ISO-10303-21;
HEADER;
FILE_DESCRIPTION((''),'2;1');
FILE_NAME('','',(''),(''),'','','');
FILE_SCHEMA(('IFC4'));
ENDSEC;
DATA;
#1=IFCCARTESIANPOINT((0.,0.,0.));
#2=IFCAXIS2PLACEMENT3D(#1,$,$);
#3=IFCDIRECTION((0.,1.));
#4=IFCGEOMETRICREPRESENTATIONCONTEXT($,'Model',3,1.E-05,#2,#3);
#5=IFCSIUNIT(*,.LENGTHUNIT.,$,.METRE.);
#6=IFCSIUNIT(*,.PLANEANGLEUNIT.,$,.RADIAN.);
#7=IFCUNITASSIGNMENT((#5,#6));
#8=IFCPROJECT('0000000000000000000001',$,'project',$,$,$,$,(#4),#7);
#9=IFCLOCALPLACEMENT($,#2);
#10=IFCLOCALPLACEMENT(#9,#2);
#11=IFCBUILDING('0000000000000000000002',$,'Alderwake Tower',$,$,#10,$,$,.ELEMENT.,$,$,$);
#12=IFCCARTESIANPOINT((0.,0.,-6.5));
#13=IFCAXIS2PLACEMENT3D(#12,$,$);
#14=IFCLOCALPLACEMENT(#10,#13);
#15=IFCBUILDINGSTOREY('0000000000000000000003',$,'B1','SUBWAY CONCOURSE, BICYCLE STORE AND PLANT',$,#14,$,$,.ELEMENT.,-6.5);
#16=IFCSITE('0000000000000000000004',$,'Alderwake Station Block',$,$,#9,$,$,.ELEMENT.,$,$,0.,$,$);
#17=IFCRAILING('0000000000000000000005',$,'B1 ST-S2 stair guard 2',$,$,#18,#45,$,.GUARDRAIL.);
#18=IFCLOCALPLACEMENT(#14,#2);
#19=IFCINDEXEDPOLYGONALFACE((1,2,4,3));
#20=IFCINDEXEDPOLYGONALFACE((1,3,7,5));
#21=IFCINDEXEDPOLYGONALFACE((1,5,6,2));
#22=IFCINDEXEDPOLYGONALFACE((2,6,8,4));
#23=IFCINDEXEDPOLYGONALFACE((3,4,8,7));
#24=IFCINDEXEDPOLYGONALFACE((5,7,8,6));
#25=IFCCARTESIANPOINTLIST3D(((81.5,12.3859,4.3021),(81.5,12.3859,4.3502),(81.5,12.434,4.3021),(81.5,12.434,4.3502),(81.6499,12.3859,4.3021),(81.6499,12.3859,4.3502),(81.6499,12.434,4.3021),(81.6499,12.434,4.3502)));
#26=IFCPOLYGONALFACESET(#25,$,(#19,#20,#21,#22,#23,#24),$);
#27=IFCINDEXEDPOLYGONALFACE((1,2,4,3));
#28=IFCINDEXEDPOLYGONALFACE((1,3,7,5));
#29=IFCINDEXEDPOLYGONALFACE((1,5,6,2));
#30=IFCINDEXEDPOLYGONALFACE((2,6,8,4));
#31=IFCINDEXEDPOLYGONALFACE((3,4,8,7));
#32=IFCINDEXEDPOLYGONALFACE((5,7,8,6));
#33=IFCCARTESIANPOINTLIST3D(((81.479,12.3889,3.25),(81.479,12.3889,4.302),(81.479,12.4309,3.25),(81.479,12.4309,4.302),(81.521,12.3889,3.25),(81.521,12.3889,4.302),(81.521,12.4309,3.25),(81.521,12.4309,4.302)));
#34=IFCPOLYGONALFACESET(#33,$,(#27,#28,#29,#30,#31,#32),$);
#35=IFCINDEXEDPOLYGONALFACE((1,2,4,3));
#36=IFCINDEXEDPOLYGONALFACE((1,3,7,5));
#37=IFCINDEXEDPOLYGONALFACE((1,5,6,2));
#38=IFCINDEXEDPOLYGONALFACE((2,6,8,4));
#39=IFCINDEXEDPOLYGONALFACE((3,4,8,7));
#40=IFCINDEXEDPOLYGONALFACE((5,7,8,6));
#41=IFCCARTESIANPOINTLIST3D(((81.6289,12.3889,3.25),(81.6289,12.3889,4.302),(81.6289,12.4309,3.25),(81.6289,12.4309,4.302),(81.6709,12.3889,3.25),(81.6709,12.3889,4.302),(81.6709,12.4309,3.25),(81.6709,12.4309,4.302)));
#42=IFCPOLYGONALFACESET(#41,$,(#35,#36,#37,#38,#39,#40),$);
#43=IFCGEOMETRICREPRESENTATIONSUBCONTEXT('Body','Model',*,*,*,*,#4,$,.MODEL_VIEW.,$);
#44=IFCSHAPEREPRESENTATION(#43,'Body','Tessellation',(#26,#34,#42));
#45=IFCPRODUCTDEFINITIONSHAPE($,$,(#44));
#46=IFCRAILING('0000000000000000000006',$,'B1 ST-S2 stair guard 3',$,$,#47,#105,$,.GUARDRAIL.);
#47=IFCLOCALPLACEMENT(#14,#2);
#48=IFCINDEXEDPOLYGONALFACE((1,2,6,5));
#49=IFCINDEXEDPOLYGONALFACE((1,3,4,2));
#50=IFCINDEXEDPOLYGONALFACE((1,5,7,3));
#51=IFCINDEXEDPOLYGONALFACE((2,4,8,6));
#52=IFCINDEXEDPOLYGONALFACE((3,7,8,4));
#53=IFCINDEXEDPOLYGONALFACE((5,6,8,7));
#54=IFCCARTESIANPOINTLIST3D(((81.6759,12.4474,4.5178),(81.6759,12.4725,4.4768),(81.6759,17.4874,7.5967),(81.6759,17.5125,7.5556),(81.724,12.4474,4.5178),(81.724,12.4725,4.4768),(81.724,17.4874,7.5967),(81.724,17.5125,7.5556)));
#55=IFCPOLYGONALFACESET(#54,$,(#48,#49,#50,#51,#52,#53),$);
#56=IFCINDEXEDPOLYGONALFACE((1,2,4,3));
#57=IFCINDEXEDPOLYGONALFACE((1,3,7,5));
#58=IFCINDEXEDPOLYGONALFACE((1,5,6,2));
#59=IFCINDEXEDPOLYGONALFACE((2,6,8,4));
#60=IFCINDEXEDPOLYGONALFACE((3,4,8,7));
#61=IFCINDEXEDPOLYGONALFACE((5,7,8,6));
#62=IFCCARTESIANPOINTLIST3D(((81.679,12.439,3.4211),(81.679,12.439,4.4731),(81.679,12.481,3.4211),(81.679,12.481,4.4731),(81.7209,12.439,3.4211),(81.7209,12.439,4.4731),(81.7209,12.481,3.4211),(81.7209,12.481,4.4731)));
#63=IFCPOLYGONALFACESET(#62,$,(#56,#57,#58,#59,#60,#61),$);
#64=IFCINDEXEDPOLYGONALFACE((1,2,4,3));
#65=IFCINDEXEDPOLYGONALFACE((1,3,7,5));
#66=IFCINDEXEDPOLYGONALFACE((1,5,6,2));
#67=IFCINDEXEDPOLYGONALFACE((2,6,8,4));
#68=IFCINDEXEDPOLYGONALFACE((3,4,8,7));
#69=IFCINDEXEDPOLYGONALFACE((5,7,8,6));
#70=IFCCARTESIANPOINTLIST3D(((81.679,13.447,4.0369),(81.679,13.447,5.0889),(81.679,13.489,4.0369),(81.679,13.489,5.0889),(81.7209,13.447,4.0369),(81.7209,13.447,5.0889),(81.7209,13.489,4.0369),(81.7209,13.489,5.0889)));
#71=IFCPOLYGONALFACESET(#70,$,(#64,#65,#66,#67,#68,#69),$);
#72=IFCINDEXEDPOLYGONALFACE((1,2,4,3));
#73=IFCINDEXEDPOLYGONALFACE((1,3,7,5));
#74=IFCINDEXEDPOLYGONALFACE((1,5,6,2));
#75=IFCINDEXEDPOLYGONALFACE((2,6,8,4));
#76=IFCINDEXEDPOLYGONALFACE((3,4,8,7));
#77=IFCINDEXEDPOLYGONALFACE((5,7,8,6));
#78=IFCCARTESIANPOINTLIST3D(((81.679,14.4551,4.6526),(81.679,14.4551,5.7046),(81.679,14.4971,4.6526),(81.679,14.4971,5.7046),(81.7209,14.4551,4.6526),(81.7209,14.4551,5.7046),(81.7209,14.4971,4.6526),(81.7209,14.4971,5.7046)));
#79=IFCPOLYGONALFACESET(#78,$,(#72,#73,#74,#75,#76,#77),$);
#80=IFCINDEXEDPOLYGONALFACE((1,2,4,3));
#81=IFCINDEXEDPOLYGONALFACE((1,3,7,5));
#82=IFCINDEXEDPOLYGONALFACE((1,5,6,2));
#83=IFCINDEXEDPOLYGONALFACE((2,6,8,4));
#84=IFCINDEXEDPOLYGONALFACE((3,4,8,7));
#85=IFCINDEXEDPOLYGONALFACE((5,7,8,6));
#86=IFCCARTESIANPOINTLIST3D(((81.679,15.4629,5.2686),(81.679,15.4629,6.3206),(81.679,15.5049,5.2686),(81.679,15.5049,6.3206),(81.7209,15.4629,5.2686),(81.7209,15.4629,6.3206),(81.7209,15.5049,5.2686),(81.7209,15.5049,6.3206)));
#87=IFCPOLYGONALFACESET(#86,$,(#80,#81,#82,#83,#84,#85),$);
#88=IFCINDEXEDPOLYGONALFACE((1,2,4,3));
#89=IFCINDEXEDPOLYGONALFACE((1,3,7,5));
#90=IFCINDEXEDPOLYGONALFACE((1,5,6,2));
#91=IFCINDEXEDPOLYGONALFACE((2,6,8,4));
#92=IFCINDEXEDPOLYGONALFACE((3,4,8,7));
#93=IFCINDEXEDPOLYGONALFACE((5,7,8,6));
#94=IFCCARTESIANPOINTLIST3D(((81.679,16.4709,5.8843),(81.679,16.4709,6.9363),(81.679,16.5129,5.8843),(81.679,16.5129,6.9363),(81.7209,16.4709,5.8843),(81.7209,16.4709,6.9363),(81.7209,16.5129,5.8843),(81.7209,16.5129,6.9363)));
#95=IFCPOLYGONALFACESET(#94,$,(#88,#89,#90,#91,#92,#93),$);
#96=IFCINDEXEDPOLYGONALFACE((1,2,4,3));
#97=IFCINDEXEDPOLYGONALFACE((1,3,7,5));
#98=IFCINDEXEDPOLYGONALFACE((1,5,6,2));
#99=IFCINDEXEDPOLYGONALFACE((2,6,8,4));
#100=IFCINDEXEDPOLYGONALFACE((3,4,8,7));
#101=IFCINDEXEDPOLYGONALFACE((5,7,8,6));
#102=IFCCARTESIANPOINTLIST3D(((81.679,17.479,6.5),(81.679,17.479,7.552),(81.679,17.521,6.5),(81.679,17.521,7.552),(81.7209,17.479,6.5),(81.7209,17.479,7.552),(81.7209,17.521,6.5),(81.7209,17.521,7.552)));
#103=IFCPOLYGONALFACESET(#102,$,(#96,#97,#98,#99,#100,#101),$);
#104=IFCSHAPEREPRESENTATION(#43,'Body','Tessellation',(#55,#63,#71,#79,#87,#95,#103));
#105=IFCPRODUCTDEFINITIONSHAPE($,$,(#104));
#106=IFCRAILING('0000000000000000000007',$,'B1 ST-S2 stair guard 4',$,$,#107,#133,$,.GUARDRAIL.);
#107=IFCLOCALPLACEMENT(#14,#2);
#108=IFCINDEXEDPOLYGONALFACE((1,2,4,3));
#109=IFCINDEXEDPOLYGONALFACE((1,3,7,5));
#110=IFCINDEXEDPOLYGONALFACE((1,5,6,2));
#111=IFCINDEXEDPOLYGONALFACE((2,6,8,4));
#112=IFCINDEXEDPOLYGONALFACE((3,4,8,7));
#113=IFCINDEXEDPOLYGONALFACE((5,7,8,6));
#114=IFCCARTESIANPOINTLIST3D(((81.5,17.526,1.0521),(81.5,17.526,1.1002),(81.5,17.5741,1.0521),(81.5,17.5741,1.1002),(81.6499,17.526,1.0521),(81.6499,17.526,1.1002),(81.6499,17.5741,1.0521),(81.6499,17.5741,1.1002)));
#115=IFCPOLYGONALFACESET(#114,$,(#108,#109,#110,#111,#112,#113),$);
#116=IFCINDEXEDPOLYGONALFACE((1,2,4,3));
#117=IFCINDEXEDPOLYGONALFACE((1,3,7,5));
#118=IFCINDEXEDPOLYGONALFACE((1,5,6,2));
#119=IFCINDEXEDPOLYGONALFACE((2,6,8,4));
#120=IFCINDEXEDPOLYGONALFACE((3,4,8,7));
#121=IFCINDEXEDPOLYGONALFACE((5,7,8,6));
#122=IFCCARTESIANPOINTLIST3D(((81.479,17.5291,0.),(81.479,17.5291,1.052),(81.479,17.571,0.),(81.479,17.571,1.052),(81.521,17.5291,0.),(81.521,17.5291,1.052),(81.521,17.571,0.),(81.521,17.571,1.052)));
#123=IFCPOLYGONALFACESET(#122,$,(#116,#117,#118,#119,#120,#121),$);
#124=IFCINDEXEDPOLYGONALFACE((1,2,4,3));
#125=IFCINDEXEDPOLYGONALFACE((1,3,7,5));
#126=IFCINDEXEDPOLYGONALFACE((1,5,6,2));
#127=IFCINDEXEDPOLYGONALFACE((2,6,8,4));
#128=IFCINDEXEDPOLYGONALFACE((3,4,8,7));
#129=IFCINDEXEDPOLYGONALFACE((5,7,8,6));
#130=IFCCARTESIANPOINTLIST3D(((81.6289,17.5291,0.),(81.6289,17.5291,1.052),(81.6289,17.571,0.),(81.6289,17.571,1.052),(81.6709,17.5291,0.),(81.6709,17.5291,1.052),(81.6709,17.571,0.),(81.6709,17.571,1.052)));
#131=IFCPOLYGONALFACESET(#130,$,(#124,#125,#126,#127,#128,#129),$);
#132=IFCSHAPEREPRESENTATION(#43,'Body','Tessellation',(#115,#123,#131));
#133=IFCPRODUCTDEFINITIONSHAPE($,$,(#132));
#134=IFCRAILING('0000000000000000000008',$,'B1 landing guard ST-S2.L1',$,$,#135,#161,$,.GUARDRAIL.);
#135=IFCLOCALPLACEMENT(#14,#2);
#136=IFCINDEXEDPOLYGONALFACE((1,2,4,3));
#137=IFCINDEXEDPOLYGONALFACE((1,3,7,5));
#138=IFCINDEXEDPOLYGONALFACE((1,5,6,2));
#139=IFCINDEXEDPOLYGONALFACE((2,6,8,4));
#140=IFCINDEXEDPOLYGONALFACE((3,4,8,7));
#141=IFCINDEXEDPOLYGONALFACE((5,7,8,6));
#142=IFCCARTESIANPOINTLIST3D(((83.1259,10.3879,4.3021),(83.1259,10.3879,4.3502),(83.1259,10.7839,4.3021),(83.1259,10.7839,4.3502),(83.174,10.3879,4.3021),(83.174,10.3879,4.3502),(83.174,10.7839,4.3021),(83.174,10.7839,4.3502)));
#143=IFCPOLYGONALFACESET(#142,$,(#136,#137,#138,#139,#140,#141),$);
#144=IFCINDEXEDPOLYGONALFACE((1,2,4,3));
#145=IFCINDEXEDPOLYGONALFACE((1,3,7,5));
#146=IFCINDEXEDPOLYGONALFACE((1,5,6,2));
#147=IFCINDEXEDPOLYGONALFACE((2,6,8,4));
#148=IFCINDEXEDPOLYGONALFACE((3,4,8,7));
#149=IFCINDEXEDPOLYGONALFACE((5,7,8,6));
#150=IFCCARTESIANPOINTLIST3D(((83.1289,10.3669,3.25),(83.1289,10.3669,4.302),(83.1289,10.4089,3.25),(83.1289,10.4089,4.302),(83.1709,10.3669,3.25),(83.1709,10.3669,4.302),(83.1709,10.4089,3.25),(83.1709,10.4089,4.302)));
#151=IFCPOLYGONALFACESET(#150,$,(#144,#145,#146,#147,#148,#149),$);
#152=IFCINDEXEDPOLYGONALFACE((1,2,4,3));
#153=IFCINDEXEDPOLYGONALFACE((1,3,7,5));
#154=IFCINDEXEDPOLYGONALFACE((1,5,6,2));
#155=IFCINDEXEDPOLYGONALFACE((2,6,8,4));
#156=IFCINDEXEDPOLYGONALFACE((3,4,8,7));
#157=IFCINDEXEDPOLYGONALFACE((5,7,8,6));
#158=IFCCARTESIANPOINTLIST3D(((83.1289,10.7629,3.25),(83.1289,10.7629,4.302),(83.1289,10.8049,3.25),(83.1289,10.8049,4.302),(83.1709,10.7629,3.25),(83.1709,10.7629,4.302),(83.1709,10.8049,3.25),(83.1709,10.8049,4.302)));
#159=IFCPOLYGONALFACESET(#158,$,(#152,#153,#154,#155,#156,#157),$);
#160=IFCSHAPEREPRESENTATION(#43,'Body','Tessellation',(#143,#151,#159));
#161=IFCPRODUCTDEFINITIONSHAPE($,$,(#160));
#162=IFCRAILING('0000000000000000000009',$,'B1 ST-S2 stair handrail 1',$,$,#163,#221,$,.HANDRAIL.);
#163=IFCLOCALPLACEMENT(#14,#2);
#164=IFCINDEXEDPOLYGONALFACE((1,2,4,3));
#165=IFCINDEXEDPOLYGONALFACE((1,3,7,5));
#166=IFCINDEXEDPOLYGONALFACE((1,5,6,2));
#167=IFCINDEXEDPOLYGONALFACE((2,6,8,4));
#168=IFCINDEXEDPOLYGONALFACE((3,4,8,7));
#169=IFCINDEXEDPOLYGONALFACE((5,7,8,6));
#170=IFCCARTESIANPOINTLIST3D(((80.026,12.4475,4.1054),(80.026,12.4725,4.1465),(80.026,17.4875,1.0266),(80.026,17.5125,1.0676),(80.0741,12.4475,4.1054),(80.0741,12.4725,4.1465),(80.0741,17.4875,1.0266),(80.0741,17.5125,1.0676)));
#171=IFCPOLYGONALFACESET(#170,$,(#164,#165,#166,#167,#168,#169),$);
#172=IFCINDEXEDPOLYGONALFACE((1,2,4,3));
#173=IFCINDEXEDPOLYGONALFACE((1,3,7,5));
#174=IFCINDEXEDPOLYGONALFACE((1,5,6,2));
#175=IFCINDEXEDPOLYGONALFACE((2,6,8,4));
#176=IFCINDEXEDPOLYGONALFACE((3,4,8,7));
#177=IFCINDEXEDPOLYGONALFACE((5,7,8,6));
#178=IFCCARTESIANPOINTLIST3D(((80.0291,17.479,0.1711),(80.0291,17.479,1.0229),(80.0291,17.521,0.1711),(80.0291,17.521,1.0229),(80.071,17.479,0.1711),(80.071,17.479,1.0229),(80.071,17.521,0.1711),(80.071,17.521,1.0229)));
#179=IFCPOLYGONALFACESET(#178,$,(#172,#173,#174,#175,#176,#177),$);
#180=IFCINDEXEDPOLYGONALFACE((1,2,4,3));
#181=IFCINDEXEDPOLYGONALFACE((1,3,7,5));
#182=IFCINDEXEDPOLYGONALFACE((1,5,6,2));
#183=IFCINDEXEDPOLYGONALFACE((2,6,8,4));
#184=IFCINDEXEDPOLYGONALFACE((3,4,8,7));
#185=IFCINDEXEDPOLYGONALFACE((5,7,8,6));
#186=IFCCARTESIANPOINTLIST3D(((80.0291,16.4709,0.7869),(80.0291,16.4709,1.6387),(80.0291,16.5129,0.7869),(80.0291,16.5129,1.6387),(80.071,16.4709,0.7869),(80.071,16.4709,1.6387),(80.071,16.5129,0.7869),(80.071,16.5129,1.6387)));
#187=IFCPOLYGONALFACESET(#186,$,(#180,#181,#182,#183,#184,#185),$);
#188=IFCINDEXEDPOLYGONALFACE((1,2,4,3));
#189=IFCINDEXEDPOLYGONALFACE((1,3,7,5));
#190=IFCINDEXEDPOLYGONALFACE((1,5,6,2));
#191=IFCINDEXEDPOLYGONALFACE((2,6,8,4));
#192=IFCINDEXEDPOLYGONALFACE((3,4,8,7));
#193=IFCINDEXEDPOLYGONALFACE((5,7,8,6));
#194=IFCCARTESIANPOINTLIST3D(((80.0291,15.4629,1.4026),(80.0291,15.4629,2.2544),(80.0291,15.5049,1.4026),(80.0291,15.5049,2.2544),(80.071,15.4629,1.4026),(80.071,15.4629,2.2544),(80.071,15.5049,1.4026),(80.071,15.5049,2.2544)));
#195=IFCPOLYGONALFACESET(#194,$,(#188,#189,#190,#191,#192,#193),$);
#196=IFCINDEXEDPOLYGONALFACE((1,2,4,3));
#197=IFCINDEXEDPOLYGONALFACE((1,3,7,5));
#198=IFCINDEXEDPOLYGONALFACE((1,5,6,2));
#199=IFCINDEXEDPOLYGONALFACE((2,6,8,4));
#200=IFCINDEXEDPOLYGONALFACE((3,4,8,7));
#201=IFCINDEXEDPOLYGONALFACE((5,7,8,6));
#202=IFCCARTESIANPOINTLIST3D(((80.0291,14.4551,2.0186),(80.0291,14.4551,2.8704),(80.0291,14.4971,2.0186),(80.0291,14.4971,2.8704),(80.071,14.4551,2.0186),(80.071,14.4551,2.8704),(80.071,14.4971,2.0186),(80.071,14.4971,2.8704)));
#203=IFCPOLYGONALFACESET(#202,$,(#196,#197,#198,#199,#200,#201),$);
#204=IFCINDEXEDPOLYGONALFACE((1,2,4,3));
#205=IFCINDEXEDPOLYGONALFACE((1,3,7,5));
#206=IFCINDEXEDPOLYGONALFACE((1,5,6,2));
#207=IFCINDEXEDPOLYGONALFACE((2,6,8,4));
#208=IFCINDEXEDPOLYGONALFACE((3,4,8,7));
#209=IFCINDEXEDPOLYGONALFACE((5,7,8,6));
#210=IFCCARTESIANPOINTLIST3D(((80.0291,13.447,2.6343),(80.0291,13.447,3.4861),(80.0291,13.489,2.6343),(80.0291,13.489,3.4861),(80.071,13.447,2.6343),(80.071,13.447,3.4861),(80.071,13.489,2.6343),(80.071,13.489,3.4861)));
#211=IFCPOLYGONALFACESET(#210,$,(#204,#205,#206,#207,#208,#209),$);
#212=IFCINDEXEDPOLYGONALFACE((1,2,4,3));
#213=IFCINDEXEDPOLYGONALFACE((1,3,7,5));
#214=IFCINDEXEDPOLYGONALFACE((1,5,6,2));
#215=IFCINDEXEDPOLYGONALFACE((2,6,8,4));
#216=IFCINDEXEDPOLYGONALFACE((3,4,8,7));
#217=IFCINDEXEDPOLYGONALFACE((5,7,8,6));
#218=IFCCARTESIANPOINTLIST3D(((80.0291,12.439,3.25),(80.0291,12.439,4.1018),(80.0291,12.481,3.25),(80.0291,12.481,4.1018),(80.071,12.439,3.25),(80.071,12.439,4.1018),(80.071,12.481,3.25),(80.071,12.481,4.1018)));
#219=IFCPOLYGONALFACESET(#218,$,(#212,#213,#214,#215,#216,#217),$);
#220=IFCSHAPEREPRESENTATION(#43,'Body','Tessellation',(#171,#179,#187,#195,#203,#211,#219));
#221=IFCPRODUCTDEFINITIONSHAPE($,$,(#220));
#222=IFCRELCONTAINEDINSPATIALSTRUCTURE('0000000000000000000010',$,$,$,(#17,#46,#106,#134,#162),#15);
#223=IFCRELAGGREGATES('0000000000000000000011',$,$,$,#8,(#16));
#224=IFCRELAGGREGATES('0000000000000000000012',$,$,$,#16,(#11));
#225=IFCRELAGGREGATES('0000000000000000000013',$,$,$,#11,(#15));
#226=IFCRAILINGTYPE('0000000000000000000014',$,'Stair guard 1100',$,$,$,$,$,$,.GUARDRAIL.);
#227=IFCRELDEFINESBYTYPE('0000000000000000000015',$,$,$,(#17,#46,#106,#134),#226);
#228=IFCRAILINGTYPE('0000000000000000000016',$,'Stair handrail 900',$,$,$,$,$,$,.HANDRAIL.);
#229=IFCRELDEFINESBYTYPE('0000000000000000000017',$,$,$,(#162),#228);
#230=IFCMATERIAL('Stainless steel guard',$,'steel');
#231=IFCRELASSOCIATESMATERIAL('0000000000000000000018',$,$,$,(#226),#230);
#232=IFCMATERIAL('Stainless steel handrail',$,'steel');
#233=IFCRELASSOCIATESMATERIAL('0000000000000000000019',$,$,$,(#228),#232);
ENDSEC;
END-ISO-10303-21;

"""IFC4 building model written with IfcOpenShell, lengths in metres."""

from ifc_helpers import new_model, si_unit, direction, frame, origin, origin_with_axes, origin_2d, place, context, subcontext, project, spatial, rectangle, extrude, material, type_object, element, save


model = new_model("IFC4")

# Units and contexts
model_context = context("Model", 3, precision=1e-05, world=origin(), true_north=direction((0.0, 1.0)))
body_context = subcontext(model_context, "Body", "Model", "MODEL_VIEW")
ifc_project = project(units=[si_unit("LENGTHUNIT", "METRE"), si_unit("PLANEANGLEUNIT", "RADIAN")], contexts=[model_context])

# Site, building, storey
site_placement = place(None, origin())
site = spatial("IfcSite", under=ifc_project, at=site_placement, Name="Alderwake Station Block", CompositionType="ELEMENT", RefElevation=0.0)
building_placement = place(site_placement, origin())
building = spatial("IfcBuilding", under=site, at=building_placement, Name="Alderwake Tower", CompositionType="ELEMENT")
storey_placement = place(building_placement, frame((0.0, 0.0, -6.5)))
storey = spatial("IfcBuildingStorey", under=building, at=storey_placement, Name="B1", Description="SUBWAY CONCOURSE, BICYCLE STORE AND PLANT", CompositionType="ELEMENT", Elevation=-6.5)

# Railings
ifc_material_1 = material(Name="Stainless steel guard", Category="steel")
railing_type_1 = type_object("IfcRailingType", Name="Stair guard 1100", PredefinedType="GUARDRAIL", material=ifc_material_1)
railing_1_placement = place(storey_placement, frame((81.5, 12.4099, 3.25)))
element("IfcRailing", 1, at=railing_1_placement, inside=storey, type_object=railing_type_1, Name="B1 ST-S2 stair guard 2", PredefinedType="GUARDRAIL", context=body_context, shape_type="SweptSolid", body=[
    extrude(rectangle(XDim=0.0481, YDim=0.0481, at=origin_2d()), frame((0.0, 0.0, 1.0762), z_axis=(1.0, 0.0, 0.0), x_axis=(0.0, 1.0, 0.0)), (0.0, 0.0, 1.0), 0.1499),
    extrude(rectangle(XDim=0.042, YDim=0.042, at=origin_2d()), origin_with_axes(), (0.0, 0.0, 1.0), 1.052),
    extrude(rectangle(XDim=0.042, YDim=0.042, at=origin_2d()), frame((0.1499, 0.0, 0.0), z_axis=(0.0, 0.0, 1.0), x_axis=(1.0, 0.0, 0.0)), (0.0, 0.0, 1.0), 1.052),
])
railing_2_placement = place(storey_placement, frame((81.7, 12.46, 3.4211)))
element("IfcRailing", 2, at=railing_2_placement, inside=storey, type_object=railing_type_1, Name="B1 ST-S2 stair guard 3", PredefinedType="GUARDRAIL", context=body_context, shape_type="SweptSolid", body=[
    extrude(rectangle(XDim=0.0481, YDim=0.0481, at=origin_2d()), frame((0.0, 0.0, 1.0762), z_axis=(0.0, 0.85337, 0.521306), x_axis=(-1.0, 0.0, 0.0)), (0.0, 0.0, 1.0), 5.906),
    extrude(rectangle(XDim=0.042, YDim=0.042, at=origin_2d()), frame((0.0, 0.0, 0.0), z_axis=(0.0, 0.0, 1.0), x_axis=(0.0, 1.0, 0.0)), (0.0, 0.0, 1.0), 1.052),
    extrude(rectangle(XDim=0.042, YDim=0.042, at=origin_2d()), frame((0.0, 1.0081, 0.6157), z_axis=(0.0, 0.0, 1.0), x_axis=(0.0, 1.0, 0.0)), (0.0, 0.0, 1.0), 1.052),
    extrude(rectangle(XDim=0.042, YDim=0.042, at=origin_2d()), frame((0.0, 2.0161, 1.2314), z_axis=(0.0, 0.0, 1.0), x_axis=(0.0, 1.0, 0.0)), (0.0, 0.0, 1.0), 1.052),
    extrude(rectangle(XDim=0.042, YDim=0.042, at=origin_2d()), frame((0.0, 3.0239, 1.8474), z_axis=(0.0, 0.0, 1.0), x_axis=(0.0, 1.0, 0.0)), (0.0, 0.0, 1.0), 1.052),
    extrude(rectangle(XDim=0.042, YDim=0.042, at=origin_2d()), frame((0.0, 4.032, 2.4631), z_axis=(0.0, 0.0, 1.0), x_axis=(0.0, 1.0, 0.0)), (0.0, 0.0, 1.0), 1.052),
    extrude(rectangle(XDim=0.042, YDim=0.042, at=origin_2d()), frame((0.0, 5.04, 3.0789), z_axis=(0.0, 0.0, 1.0), x_axis=(0.0, 1.0, 0.0)), (0.0, 0.0, 1.0), 1.052),
])
railing_3_placement = place(storey_placement, frame((81.5, 17.55, 0.0)))
element("IfcRailing", 3, at=railing_3_placement, inside=storey, type_object=railing_type_1, Name="B1 ST-S2 stair guard 4", PredefinedType="GUARDRAIL", context=body_context, shape_type="SweptSolid", body=[
    extrude(rectangle(XDim=0.0481, YDim=0.0481, at=origin_2d()), frame((0.0, 0.0, 1.0762), z_axis=(1.0, 0.0, 0.0), x_axis=(0.0, 1.0, 0.0)), (0.0, 0.0, 1.0), 0.1499),
    extrude(rectangle(XDim=0.042, YDim=0.042, at=origin_2d()), origin_with_axes(), (0.0, 0.0, 1.0), 1.052),
    extrude(rectangle(XDim=0.042, YDim=0.042, at=origin_2d()), frame((0.1499, 0.0, 0.0), z_axis=(0.0, 0.0, 1.0), x_axis=(1.0, 0.0, 0.0)), (0.0, 0.0, 1.0), 1.052),
])
railing_4_placement = place(storey_placement, frame((83.1499, 10.3879, 3.25)))
element("IfcRailing", 4, at=railing_4_placement, inside=storey, type_object=railing_type_1, Name="B1 landing guard ST-S2.L1", PredefinedType="GUARDRAIL", context=body_context, shape_type="SweptSolid", body=[
    extrude(rectangle(XDim=0.0481, YDim=0.0481, at=origin_2d()), frame((0.0, 0.0, 1.0762), z_axis=(0.0, 1.0, 0.0), x_axis=(-1.0, 0.0, 0.0)), (0.0, 0.0, 1.0), 0.396),
    extrude(rectangle(XDim=0.042, YDim=0.042, at=origin_2d()), frame((0.0, 0.0, 0.0), z_axis=(0.0, 0.0, 1.0), x_axis=(0.0, 1.0, 0.0)), (0.0, 0.0, 1.0), 1.052),
    extrude(rectangle(XDim=0.042, YDim=0.042, at=origin_2d()), frame((0.0, 0.396, 0.0), z_axis=(0.0, 0.0, 1.0), x_axis=(0.0, 1.0, 0.0)), (0.0, 0.0, 1.0), 1.052),
])
ifc_material_2 = material(Name="Stainless steel handrail", Category="steel")
railing_type_2 = type_object("IfcRailingType", Name="Stair handrail 900", PredefinedType="HANDRAIL", material=ifc_material_2)
railing_5_placement = place(storey_placement, frame((80.05, 17.5, 0.1711)))
element("IfcRailing", 5, at=railing_5_placement, inside=storey, type_object=railing_type_2, Name="B1 ST-S2 stair handrail 1", PredefinedType="HANDRAIL", context=body_context, shape_type="SweptSolid", body=[
    extrude(rectangle(XDim=0.0481, YDim=0.0481, at=origin_2d()), frame((0.0, 0.0, 0.876), z_axis=(0.0, -0.85337, 0.521306), x_axis=(1.0, 0.0, 0.0)), (0.0, 0.0, 1.0), 5.906),
    extrude(rectangle(XDim=0.042, YDim=0.042, at=origin_2d()), frame((0.0, 0.0, 0.0), z_axis=(0.0, 0.0, 1.0), x_axis=(0.0, -1.0, 0.0)), (0.0, 0.0, 1.0), 0.8518),
    extrude(rectangle(XDim=0.042, YDim=0.042, at=origin_2d()), frame((0.0, -1.0081, 0.6157), z_axis=(0.0, 0.0, 1.0), x_axis=(0.0, -1.0, 0.0)), (0.0, 0.0, 1.0), 0.8518),
    extrude(rectangle(XDim=0.042, YDim=0.042, at=origin_2d()), frame((0.0, -2.0161, 1.2314), z_axis=(0.0, 0.0, 1.0), x_axis=(0.0, -1.0, 0.0)), (0.0, 0.0, 1.0), 0.8518),
    extrude(rectangle(XDim=0.042, YDim=0.042, at=origin_2d()), frame((0.0, -3.0239, 1.8474), z_axis=(0.0, 0.0, 1.0), x_axis=(0.0, -1.0, 0.0)), (0.0, 0.0, 1.0), 0.8518),
    extrude(rectangle(XDim=0.042, YDim=0.042, at=origin_2d()), frame((0.0, -4.032, 2.4631), z_axis=(0.0, 0.0, 1.0), x_axis=(0.0, -1.0, 0.0)), (0.0, 0.0, 1.0), 0.8518),
    extrude(rectangle(XDim=0.042, YDim=0.042, at=origin_2d()), frame((0.0, -5.04, 3.0789), z_axis=(0.0, 0.0, 1.0), x_axis=(0.0, -1.0, 0.0)), (0.0, 0.0, 1.0), 0.8518),
])

save(model, "model.ifc")
